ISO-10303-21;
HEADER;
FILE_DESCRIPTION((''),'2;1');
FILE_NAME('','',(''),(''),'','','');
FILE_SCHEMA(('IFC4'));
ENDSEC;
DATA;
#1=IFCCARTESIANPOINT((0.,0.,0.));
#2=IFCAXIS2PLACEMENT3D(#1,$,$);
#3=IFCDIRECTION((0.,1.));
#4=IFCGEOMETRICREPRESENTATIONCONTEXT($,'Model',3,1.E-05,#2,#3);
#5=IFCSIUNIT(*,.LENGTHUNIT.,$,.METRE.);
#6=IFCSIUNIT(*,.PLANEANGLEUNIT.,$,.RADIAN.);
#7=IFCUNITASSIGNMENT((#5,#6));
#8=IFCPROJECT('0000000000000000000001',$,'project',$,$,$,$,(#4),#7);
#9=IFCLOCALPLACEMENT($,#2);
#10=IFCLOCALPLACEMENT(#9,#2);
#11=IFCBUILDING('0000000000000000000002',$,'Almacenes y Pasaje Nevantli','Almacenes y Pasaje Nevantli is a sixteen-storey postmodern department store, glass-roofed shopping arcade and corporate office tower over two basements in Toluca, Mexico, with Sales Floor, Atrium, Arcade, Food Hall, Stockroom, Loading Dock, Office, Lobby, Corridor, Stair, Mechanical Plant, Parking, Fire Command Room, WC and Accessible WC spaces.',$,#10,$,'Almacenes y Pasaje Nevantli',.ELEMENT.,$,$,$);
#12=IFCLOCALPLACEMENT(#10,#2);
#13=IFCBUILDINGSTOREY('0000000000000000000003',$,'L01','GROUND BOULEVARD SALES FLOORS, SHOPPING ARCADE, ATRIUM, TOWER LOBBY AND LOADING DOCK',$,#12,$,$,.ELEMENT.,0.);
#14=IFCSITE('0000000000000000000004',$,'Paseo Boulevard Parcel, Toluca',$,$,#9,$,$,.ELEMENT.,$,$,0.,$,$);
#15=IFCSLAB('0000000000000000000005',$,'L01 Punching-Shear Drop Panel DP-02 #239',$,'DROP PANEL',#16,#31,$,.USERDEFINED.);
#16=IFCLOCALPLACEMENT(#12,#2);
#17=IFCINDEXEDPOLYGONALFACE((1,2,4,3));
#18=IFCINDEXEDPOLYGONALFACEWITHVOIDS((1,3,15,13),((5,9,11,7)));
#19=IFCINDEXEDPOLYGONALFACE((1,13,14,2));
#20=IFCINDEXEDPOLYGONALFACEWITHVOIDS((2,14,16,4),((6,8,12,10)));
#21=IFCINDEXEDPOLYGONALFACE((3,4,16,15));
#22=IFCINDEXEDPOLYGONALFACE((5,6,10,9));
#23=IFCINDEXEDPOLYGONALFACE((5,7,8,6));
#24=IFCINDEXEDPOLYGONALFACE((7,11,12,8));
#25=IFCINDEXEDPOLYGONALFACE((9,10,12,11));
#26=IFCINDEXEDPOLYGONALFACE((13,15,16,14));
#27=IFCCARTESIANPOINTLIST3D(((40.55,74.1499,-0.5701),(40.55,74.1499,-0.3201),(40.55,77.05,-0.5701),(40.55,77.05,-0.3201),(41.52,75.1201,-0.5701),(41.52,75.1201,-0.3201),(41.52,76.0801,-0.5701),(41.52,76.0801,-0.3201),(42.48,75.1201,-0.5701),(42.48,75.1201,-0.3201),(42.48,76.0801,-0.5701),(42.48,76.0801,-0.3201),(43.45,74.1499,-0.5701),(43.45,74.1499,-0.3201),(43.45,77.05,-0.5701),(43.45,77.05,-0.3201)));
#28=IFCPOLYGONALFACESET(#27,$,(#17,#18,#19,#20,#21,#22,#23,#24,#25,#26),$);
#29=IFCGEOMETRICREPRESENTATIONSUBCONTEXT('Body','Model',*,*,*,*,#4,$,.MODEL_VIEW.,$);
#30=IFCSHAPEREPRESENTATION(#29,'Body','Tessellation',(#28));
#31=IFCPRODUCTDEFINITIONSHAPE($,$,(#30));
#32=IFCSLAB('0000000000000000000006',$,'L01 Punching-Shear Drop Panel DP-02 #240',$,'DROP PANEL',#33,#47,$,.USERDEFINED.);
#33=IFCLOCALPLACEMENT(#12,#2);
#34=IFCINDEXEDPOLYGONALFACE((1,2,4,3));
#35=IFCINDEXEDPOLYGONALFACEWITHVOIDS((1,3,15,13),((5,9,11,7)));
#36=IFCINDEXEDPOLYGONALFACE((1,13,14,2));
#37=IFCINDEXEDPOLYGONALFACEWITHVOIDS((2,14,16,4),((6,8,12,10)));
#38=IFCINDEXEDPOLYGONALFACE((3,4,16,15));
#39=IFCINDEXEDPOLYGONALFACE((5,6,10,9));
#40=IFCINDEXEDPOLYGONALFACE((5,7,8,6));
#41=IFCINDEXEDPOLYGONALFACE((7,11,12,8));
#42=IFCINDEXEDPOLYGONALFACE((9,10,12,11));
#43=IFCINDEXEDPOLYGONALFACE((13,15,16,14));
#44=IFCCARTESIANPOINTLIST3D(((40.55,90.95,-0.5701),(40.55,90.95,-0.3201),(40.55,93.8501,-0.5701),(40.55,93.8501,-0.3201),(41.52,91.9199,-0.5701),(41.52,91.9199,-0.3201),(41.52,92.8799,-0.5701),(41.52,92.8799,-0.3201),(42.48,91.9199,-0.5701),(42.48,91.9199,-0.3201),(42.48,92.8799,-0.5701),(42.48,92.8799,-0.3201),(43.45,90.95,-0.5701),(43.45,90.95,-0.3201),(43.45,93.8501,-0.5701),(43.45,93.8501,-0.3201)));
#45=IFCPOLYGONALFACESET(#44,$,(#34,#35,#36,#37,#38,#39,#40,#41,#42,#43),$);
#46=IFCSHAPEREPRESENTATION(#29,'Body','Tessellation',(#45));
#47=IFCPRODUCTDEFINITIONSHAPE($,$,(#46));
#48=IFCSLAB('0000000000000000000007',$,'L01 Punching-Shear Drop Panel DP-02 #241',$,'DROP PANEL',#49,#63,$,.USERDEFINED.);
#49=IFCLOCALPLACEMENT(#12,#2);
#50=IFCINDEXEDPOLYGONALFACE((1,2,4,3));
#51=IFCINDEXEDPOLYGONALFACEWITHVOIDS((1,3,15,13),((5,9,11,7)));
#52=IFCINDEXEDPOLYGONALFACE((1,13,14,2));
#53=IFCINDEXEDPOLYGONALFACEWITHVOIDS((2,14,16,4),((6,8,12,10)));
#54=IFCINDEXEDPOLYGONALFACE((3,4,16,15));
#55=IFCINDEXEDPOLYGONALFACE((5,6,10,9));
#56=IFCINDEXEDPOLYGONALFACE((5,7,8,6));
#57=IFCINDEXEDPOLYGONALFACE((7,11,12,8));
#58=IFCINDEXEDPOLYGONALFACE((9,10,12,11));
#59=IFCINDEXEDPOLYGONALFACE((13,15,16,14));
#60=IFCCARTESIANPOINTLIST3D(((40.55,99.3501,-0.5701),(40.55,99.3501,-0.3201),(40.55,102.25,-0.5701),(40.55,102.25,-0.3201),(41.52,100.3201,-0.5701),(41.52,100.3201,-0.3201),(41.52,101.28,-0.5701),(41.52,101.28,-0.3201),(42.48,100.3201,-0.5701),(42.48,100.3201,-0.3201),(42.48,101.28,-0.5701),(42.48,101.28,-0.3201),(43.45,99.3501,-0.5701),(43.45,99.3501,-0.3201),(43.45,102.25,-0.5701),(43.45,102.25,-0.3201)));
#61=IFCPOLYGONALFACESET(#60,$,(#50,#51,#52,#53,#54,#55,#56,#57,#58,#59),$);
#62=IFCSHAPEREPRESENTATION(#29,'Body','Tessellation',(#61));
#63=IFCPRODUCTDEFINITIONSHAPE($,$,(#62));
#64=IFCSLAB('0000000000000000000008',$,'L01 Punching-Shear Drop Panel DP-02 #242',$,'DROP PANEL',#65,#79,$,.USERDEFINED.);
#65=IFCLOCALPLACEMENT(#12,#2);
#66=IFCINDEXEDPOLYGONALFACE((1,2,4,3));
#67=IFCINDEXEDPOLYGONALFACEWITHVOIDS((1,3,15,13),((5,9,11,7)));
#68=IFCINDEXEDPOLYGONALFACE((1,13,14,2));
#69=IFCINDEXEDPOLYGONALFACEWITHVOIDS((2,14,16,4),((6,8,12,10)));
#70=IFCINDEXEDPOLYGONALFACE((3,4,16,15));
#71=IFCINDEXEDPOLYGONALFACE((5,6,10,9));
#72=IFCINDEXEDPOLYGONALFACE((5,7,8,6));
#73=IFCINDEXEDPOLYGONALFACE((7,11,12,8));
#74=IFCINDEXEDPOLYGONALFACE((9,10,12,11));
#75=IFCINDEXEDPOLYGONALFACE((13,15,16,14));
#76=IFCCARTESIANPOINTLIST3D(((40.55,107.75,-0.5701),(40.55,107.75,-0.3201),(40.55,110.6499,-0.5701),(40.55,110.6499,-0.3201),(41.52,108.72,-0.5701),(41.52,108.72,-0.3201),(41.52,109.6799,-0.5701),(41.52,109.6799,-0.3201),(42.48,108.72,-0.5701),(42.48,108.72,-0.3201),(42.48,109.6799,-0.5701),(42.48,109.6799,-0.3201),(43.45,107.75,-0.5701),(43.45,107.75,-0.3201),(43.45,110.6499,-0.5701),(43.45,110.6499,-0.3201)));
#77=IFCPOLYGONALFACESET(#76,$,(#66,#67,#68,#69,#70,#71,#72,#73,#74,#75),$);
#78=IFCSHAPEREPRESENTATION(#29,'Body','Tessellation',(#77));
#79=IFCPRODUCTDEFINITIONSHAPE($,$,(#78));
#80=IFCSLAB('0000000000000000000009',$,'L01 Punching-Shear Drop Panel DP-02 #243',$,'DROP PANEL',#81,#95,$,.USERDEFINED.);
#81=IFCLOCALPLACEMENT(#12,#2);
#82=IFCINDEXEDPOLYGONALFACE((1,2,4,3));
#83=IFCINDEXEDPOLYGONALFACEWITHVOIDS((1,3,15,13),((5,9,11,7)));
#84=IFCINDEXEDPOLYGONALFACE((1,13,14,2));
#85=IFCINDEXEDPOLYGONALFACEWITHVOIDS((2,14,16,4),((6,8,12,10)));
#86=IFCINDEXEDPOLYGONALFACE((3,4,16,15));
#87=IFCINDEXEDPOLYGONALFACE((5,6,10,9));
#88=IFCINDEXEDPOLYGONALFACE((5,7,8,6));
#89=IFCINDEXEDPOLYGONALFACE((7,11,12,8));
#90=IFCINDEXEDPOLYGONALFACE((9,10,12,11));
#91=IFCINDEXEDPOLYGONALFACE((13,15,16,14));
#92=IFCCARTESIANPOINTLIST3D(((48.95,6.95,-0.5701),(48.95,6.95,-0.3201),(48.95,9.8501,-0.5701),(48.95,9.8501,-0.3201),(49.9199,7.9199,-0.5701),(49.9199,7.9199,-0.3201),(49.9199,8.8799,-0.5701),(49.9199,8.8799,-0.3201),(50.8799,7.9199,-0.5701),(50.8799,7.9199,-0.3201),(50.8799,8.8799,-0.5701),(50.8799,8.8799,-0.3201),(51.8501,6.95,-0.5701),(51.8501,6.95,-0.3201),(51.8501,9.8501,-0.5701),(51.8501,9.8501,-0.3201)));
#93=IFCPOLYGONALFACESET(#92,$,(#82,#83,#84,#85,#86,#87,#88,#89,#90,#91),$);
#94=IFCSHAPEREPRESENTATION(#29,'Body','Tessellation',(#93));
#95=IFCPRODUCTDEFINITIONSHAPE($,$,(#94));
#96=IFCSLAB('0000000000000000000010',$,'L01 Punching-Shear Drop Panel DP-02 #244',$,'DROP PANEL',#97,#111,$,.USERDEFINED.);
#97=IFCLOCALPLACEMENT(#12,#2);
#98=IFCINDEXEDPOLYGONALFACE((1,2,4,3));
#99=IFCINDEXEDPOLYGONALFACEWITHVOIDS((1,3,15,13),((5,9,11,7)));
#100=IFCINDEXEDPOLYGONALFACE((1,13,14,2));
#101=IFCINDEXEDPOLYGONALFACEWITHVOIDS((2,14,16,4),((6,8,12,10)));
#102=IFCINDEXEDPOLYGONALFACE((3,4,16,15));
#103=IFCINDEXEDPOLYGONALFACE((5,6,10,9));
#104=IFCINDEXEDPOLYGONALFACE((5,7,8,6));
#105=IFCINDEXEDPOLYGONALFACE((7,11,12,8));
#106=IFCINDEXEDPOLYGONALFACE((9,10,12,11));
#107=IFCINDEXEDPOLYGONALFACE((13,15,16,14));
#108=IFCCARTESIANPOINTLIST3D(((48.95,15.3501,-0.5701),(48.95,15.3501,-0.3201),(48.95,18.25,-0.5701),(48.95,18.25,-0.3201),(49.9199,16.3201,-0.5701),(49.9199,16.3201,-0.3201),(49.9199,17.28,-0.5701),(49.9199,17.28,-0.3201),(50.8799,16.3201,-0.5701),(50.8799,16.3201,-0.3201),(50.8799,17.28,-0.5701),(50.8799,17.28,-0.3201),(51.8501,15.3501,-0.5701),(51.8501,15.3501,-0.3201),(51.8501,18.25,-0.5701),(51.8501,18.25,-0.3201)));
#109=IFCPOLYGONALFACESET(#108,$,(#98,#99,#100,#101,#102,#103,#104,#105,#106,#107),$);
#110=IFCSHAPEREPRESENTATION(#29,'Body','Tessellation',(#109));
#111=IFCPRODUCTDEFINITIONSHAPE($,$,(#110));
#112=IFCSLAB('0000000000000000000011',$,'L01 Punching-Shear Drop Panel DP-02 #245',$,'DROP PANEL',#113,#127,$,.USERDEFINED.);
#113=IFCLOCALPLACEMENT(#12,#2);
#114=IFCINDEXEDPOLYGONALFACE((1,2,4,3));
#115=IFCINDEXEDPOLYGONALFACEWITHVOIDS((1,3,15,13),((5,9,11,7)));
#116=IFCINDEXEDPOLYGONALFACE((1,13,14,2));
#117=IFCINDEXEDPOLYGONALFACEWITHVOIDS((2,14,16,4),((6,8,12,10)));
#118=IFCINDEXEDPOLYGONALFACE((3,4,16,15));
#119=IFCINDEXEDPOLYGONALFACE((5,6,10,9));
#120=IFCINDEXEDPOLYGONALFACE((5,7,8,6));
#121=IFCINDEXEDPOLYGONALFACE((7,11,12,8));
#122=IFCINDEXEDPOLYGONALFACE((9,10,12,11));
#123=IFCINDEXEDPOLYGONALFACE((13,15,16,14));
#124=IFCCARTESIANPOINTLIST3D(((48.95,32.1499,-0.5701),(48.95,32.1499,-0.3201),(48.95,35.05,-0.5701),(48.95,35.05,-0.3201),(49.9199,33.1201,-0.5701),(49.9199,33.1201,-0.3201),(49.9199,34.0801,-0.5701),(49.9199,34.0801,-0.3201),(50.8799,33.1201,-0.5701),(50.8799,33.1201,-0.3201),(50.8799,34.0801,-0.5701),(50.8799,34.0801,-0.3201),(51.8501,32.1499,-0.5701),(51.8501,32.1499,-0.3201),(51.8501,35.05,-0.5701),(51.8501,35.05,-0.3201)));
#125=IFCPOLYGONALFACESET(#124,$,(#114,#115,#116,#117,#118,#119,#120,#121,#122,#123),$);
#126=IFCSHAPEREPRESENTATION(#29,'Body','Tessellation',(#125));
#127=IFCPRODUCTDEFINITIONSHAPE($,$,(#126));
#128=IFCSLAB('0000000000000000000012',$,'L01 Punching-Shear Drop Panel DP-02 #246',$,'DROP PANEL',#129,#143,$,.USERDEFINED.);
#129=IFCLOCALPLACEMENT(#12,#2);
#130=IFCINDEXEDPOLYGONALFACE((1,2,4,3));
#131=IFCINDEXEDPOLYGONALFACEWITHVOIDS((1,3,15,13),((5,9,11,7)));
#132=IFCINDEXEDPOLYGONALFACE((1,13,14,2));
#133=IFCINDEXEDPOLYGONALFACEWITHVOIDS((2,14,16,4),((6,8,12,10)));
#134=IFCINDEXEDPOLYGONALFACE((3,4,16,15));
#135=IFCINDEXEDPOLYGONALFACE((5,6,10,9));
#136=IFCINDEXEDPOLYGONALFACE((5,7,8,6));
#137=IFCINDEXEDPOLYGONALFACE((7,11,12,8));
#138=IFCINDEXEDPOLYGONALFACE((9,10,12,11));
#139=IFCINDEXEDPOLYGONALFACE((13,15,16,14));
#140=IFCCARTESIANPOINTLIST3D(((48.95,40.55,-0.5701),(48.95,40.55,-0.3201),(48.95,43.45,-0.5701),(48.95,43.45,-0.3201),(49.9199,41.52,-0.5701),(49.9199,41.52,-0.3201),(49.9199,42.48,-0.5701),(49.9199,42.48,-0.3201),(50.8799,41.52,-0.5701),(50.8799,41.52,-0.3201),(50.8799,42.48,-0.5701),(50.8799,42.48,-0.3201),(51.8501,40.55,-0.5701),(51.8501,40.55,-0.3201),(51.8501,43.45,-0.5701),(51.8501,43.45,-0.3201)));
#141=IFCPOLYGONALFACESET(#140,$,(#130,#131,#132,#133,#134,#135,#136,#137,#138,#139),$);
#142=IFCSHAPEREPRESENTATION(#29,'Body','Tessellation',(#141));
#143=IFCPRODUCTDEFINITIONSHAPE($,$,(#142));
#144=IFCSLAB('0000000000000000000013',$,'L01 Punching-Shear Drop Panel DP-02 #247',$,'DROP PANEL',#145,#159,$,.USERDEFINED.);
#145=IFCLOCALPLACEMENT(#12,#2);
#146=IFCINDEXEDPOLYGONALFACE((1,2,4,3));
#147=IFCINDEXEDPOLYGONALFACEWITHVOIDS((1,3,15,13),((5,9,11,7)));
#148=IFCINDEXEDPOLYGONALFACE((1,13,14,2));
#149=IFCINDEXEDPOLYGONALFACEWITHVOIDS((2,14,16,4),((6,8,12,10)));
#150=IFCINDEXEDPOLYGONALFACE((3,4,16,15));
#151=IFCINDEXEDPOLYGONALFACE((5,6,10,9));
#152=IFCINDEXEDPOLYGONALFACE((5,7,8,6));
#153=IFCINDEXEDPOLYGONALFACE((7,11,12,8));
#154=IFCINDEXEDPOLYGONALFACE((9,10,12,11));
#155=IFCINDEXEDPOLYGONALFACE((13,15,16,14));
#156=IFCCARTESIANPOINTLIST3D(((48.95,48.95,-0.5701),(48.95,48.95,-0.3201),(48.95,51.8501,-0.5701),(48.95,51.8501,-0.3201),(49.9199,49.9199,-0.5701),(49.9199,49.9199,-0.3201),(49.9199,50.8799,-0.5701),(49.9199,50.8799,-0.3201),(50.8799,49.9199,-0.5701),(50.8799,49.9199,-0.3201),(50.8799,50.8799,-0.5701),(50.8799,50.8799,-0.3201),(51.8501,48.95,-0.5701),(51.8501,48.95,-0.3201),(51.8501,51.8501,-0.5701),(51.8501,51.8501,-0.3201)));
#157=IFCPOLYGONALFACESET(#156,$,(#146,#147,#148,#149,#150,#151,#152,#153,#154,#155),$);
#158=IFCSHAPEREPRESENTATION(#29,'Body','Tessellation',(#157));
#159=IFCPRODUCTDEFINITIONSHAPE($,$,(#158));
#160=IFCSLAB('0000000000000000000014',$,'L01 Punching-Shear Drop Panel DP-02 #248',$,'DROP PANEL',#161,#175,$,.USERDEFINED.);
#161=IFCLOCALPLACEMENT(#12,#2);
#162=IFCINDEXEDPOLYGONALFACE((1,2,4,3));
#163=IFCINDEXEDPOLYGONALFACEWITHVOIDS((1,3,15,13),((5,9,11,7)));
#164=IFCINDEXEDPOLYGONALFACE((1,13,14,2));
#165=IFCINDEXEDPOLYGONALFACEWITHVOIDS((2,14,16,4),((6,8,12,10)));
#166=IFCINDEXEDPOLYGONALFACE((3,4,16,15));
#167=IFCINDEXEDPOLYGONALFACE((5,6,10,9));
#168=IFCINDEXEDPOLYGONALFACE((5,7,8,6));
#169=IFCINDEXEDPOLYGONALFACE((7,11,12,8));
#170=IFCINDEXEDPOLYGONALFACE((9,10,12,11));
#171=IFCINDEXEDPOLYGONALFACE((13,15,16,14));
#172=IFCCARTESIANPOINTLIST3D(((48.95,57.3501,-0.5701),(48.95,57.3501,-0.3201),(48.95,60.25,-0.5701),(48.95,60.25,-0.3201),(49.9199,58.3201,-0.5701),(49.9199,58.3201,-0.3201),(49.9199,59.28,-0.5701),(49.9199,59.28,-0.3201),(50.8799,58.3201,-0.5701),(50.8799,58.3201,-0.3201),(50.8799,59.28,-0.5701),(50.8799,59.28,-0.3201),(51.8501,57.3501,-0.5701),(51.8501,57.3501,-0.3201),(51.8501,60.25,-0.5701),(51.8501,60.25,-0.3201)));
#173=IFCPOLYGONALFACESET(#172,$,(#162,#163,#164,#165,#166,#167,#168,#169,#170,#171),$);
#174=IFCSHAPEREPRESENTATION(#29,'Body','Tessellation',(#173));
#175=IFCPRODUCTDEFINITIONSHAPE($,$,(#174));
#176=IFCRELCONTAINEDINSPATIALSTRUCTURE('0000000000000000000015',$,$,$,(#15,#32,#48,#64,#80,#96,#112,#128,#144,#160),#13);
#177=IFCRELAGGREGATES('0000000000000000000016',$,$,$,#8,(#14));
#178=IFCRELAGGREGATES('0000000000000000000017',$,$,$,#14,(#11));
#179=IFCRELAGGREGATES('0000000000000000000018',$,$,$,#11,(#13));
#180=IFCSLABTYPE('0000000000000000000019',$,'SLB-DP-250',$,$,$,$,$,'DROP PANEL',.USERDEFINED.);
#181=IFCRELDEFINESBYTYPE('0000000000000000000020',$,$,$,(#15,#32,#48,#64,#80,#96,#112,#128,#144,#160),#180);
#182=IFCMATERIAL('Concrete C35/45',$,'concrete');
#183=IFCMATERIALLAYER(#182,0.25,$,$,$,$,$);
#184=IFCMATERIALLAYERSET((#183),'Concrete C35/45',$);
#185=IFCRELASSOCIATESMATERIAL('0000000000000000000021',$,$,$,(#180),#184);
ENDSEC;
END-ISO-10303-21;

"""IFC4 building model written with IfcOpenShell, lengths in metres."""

from ifc_helpers import new_model, si_unit, direction, frame, origin, place, context, subcontext, project, spatial, polyline, outline, extrude, material, layer, layer_set, type_object, element, save


model = new_model("IFC4")

# Units and contexts
model_context = context("Model", 3, precision=1e-05, world=origin(), true_north=direction((0.0, 1.0)))
body_context = subcontext(model_context, "Body", "Model", "MODEL_VIEW")
ifc_project = project(units=[si_unit("LENGTHUNIT", "METRE"), si_unit("PLANEANGLEUNIT", "RADIAN")], contexts=[model_context])

# Site, building, storey
site_placement = place(None, origin())
site = spatial("IfcSite", under=ifc_project, at=site_placement, Name="Paseo Boulevard Parcel, Toluca", CompositionType="ELEMENT", RefElevation=0.0)
building_placement = place(site_placement, origin())
building = spatial("IfcBuilding", under=site, at=building_placement, Name="Almacenes y Pasaje Nevantli", Description="Almacenes y Pasaje Nevantli is a sixteen-storey postmodern department store, glass-roofed shopping arcade and corporate office tower over two basements in Toluca, Mexico, with Sales Floor, Atrium, Arcade, Food Hall, Stockroom, Loading Dock, Office, Lobby, Corridor, Stair, Mechanical Plant, Parking, Fire Command Room, WC and Accessible WC spaces.", LongName="Almacenes y Pasaje Nevantli", CompositionType="ELEMENT")
storey_placement = place(building_placement, origin())
storey = spatial("IfcBuildingStorey", under=building, at=storey_placement, Name="L01", Description="GROUND BOULEVARD SALES FLOORS, SHOPPING ARCADE, ATRIUM, TOWER LOBBY AND LOADING DOCK", CompositionType="ELEMENT", Elevation=0.0)

# Slabs
ifc_material = material(Name="Concrete C35/45", Category="concrete")
ifc_layer = layer(ifc_material, 0.25)
ifc_layer_set = layer_set([ifc_layer], Name="Concrete C35/45")
slab_type = type_object("IfcSlabType", Name="SLB-DP-250", ElementType="DROP PANEL", PredefinedType="USERDEFINED", material=ifc_layer_set)
slab_1_placement = place(storey_placement, frame((0.0, 0.0, -0.5701)))
element("IfcSlab", 1, at=slab_1_placement, inside=storey, type_object=slab_type, Name="L01 Punching-Shear Drop Panel DP-02 #239", ObjectType="DROP PANEL", PredefinedType="USERDEFINED", context=body_context, shape_type="SweptSolid", body=[
    extrude(outline(polyline([(40.55, 74.1499), (43.45, 74.1499), (43.45, 77.05), (40.55, 77.05), (40.55, 74.1499)]), holes=[polyline([(41.52, 75.1201), (42.48, 75.1201), (42.48, 76.0801), (41.52, 76.0801), (41.52, 75.1201)])]), origin(), (0.0, 0.0, 1.0), 0.25),
])
slab_2_placement = place(storey_placement, frame((0.0, 0.0, -0.5701)))
element("IfcSlab", 2, at=slab_2_placement, inside=storey, type_object=slab_type, Name="L01 Punching-Shear Drop Panel DP-02 #240", ObjectType="DROP PANEL", PredefinedType="USERDEFINED", context=body_context, shape_type="SweptSolid", body=[
    extrude(outline(polyline([(40.55, 90.95), (43.45, 90.95), (43.45, 93.8501), (40.55, 93.8501), (40.55, 90.95)]), holes=[polyline([(41.52, 91.9199), (42.48, 91.9199), (42.48, 92.8799), (41.52, 92.8799), (41.52, 91.9199)])]), origin(), (0.0, 0.0, 1.0), 0.25),
])
slab_3_placement = place(storey_placement, frame((0.0, 0.0, -0.5701)))
element("IfcSlab", 3, at=slab_3_placement, inside=storey, type_object=slab_type, Name="L01 Punching-Shear Drop Panel DP-02 #241", ObjectType="DROP PANEL", PredefinedType="USERDEFINED", context=body_context, shape_type="SweptSolid", body=[
    extrude(outline(polyline([(40.55, 99.3501), (43.45, 99.3501), (43.45, 102.25), (40.55, 102.25), (40.55, 99.3501)]), holes=[polyline([(41.52, 100.3201), (42.48, 100.3201), (42.48, 101.28), (41.52, 101.28), (41.52, 100.3201)])]), origin(), (0.0, 0.0, 1.0), 0.25),
])
slab_4_placement = place(storey_placement, frame((0.0, 0.0, -0.5701)))
element("IfcSlab", 4, at=slab_4_placement, inside=storey, type_object=slab_type, Name="L01 Punching-Shear Drop Panel DP-02 #242", ObjectType="DROP PANEL", PredefinedType="USERDEFINED", context=body_context, shape_type="SweptSolid", body=[
    extrude(outline(polyline([(40.55, 107.75), (43.45, 107.75), (43.45, 110.6499), (40.55, 110.6499), (40.55, 107.75)]), holes=[polyline([(41.52, 108.72), (42.48, 108.72), (42.48, 109.6799), (41.52, 109.6799), (41.52, 108.72)])]), origin(), (0.0, 0.0, 1.0), 0.25),
])
slab_5_placement = place(storey_placement, frame((0.0, 0.0, -0.5701)))
element("IfcSlab", 5, at=slab_5_placement, inside=storey, type_object=slab_type, Name="L01 Punching-Shear Drop Panel DP-02 #243", ObjectType="DROP PANEL", PredefinedType="USERDEFINED", context=body_context, shape_type="SweptSolid", body=[
    extrude(outline(polyline([(48.95, 6.95), (51.8501, 6.95), (51.8501, 9.8501), (48.95, 9.8501), (48.95, 6.95)]), holes=[polyline([(49.9199, 7.9199), (50.8799, 7.9199), (50.8799, 8.8799), (49.9199, 8.8799), (49.9199, 7.9199)])]), origin(), (0.0, 0.0, 1.0), 0.25),
])
slab_6_placement = place(storey_placement, frame((0.0, 0.0, -0.5701)))
element("IfcSlab", 6, at=slab_6_placement, inside=storey, type_object=slab_type, Name="L01 Punching-Shear Drop Panel DP-02 #244", ObjectType="DROP PANEL", PredefinedType="USERDEFINED", context=body_context, shape_type="SweptSolid", body=[
    extrude(outline(polyline([(48.95, 15.3501), (51.8501, 15.3501), (51.8501, 18.25), (48.95, 18.25), (48.95, 15.3501)]), holes=[polyline([(49.9199, 16.3201), (50.8799, 16.3201), (50.8799, 17.28), (49.9199, 17.28), (49.9199, 16.3201)])]), origin(), (0.0, 0.0, 1.0), 0.25),
])
slab_7_placement = place(storey_placement, frame((0.0, 0.0, -0.5701)))
element("IfcSlab", 7, at=slab_7_placement, inside=storey, type_object=slab_type, Name="L01 Punching-Shear Drop Panel DP-02 #245", ObjectType="DROP PANEL", PredefinedType="USERDEFINED", context=body_context, shape_type="SweptSolid", body=[
    extrude(outline(polyline([(48.95, 32.1499), (51.8501, 32.1499), (51.8501, 35.05), (48.95, 35.05), (48.95, 32.1499)]), holes=[polyline([(49.9199, 33.1201), (50.8799, 33.1201), (50.8799, 34.0801), (49.9199, 34.0801), (49.9199, 33.1201)])]), origin(), (0.0, 0.0, 1.0), 0.25),
])
slab_8_placement = place(storey_placement, frame((0.0, 0.0, -0.5701)))
element("IfcSlab", 8, at=slab_8_placement, inside=storey, type_object=slab_type, Name="L01 Punching-Shear Drop Panel DP-02 #246", ObjectType="DROP PANEL", PredefinedType="USERDEFINED", context=body_context, shape_type="SweptSolid", body=[
    extrude(outline(polyline([(48.95, 40.55), (51.8501, 40.55), (51.8501, 43.45), (48.95, 43.45), (48.95, 40.55)]), holes=[polyline([(49.9199, 41.52), (50.8799, 41.52), (50.8799, 42.48), (49.9199, 42.48), (49.9199, 41.52)])]), origin(), (0.0, 0.0, 1.0), 0.25),
])
slab_9_placement = place(storey_placement, frame((0.0, 0.0, -0.5701)))
element("IfcSlab", 9, at=slab_9_placement, inside=storey, type_object=slab_type, Name="L01 Punching-Shear Drop Panel DP-02 #247", ObjectType="DROP PANEL", PredefinedType="USERDEFINED", context=body_context, shape_type="SweptSolid", body=[
    extrude(outline(polyline([(48.95, 48.95), (51.8501, 48.95), (51.8501, 51.8501), (48.95, 51.8501), (48.95, 48.95)]), holes=[polyline([(49.9199, 49.9199), (50.8799, 49.9199), (50.8799, 50.8799), (49.9199, 50.8799), (49.9199, 49.9199)])]), origin(), (0.0, 0.0, 1.0), 0.25),
])
slab_10_placement = place(storey_placement, frame((0.0, 0.0, -0.5701)))
element("IfcSlab", 10, at=slab_10_placement, inside=storey, type_object=slab_type, Name="L01 Punching-Shear Drop Panel DP-02 #248", ObjectType="DROP PANEL", PredefinedType="USERDEFINED", context=body_context, shape_type="SweptSolid", body=[
    extrude(outline(polyline([(48.95, 57.3501), (51.8501, 57.3501), (51.8501, 60.25), (48.95, 60.25), (48.95, 57.3501)]), holes=[polyline([(49.9199, 58.3201), (50.8799, 58.3201), (50.8799, 59.28), (49.9199, 59.28), (49.9199, 58.3201)])]), origin(), (0.0, 0.0, 1.0), 0.25),
])

save(model, "model.ifc")
